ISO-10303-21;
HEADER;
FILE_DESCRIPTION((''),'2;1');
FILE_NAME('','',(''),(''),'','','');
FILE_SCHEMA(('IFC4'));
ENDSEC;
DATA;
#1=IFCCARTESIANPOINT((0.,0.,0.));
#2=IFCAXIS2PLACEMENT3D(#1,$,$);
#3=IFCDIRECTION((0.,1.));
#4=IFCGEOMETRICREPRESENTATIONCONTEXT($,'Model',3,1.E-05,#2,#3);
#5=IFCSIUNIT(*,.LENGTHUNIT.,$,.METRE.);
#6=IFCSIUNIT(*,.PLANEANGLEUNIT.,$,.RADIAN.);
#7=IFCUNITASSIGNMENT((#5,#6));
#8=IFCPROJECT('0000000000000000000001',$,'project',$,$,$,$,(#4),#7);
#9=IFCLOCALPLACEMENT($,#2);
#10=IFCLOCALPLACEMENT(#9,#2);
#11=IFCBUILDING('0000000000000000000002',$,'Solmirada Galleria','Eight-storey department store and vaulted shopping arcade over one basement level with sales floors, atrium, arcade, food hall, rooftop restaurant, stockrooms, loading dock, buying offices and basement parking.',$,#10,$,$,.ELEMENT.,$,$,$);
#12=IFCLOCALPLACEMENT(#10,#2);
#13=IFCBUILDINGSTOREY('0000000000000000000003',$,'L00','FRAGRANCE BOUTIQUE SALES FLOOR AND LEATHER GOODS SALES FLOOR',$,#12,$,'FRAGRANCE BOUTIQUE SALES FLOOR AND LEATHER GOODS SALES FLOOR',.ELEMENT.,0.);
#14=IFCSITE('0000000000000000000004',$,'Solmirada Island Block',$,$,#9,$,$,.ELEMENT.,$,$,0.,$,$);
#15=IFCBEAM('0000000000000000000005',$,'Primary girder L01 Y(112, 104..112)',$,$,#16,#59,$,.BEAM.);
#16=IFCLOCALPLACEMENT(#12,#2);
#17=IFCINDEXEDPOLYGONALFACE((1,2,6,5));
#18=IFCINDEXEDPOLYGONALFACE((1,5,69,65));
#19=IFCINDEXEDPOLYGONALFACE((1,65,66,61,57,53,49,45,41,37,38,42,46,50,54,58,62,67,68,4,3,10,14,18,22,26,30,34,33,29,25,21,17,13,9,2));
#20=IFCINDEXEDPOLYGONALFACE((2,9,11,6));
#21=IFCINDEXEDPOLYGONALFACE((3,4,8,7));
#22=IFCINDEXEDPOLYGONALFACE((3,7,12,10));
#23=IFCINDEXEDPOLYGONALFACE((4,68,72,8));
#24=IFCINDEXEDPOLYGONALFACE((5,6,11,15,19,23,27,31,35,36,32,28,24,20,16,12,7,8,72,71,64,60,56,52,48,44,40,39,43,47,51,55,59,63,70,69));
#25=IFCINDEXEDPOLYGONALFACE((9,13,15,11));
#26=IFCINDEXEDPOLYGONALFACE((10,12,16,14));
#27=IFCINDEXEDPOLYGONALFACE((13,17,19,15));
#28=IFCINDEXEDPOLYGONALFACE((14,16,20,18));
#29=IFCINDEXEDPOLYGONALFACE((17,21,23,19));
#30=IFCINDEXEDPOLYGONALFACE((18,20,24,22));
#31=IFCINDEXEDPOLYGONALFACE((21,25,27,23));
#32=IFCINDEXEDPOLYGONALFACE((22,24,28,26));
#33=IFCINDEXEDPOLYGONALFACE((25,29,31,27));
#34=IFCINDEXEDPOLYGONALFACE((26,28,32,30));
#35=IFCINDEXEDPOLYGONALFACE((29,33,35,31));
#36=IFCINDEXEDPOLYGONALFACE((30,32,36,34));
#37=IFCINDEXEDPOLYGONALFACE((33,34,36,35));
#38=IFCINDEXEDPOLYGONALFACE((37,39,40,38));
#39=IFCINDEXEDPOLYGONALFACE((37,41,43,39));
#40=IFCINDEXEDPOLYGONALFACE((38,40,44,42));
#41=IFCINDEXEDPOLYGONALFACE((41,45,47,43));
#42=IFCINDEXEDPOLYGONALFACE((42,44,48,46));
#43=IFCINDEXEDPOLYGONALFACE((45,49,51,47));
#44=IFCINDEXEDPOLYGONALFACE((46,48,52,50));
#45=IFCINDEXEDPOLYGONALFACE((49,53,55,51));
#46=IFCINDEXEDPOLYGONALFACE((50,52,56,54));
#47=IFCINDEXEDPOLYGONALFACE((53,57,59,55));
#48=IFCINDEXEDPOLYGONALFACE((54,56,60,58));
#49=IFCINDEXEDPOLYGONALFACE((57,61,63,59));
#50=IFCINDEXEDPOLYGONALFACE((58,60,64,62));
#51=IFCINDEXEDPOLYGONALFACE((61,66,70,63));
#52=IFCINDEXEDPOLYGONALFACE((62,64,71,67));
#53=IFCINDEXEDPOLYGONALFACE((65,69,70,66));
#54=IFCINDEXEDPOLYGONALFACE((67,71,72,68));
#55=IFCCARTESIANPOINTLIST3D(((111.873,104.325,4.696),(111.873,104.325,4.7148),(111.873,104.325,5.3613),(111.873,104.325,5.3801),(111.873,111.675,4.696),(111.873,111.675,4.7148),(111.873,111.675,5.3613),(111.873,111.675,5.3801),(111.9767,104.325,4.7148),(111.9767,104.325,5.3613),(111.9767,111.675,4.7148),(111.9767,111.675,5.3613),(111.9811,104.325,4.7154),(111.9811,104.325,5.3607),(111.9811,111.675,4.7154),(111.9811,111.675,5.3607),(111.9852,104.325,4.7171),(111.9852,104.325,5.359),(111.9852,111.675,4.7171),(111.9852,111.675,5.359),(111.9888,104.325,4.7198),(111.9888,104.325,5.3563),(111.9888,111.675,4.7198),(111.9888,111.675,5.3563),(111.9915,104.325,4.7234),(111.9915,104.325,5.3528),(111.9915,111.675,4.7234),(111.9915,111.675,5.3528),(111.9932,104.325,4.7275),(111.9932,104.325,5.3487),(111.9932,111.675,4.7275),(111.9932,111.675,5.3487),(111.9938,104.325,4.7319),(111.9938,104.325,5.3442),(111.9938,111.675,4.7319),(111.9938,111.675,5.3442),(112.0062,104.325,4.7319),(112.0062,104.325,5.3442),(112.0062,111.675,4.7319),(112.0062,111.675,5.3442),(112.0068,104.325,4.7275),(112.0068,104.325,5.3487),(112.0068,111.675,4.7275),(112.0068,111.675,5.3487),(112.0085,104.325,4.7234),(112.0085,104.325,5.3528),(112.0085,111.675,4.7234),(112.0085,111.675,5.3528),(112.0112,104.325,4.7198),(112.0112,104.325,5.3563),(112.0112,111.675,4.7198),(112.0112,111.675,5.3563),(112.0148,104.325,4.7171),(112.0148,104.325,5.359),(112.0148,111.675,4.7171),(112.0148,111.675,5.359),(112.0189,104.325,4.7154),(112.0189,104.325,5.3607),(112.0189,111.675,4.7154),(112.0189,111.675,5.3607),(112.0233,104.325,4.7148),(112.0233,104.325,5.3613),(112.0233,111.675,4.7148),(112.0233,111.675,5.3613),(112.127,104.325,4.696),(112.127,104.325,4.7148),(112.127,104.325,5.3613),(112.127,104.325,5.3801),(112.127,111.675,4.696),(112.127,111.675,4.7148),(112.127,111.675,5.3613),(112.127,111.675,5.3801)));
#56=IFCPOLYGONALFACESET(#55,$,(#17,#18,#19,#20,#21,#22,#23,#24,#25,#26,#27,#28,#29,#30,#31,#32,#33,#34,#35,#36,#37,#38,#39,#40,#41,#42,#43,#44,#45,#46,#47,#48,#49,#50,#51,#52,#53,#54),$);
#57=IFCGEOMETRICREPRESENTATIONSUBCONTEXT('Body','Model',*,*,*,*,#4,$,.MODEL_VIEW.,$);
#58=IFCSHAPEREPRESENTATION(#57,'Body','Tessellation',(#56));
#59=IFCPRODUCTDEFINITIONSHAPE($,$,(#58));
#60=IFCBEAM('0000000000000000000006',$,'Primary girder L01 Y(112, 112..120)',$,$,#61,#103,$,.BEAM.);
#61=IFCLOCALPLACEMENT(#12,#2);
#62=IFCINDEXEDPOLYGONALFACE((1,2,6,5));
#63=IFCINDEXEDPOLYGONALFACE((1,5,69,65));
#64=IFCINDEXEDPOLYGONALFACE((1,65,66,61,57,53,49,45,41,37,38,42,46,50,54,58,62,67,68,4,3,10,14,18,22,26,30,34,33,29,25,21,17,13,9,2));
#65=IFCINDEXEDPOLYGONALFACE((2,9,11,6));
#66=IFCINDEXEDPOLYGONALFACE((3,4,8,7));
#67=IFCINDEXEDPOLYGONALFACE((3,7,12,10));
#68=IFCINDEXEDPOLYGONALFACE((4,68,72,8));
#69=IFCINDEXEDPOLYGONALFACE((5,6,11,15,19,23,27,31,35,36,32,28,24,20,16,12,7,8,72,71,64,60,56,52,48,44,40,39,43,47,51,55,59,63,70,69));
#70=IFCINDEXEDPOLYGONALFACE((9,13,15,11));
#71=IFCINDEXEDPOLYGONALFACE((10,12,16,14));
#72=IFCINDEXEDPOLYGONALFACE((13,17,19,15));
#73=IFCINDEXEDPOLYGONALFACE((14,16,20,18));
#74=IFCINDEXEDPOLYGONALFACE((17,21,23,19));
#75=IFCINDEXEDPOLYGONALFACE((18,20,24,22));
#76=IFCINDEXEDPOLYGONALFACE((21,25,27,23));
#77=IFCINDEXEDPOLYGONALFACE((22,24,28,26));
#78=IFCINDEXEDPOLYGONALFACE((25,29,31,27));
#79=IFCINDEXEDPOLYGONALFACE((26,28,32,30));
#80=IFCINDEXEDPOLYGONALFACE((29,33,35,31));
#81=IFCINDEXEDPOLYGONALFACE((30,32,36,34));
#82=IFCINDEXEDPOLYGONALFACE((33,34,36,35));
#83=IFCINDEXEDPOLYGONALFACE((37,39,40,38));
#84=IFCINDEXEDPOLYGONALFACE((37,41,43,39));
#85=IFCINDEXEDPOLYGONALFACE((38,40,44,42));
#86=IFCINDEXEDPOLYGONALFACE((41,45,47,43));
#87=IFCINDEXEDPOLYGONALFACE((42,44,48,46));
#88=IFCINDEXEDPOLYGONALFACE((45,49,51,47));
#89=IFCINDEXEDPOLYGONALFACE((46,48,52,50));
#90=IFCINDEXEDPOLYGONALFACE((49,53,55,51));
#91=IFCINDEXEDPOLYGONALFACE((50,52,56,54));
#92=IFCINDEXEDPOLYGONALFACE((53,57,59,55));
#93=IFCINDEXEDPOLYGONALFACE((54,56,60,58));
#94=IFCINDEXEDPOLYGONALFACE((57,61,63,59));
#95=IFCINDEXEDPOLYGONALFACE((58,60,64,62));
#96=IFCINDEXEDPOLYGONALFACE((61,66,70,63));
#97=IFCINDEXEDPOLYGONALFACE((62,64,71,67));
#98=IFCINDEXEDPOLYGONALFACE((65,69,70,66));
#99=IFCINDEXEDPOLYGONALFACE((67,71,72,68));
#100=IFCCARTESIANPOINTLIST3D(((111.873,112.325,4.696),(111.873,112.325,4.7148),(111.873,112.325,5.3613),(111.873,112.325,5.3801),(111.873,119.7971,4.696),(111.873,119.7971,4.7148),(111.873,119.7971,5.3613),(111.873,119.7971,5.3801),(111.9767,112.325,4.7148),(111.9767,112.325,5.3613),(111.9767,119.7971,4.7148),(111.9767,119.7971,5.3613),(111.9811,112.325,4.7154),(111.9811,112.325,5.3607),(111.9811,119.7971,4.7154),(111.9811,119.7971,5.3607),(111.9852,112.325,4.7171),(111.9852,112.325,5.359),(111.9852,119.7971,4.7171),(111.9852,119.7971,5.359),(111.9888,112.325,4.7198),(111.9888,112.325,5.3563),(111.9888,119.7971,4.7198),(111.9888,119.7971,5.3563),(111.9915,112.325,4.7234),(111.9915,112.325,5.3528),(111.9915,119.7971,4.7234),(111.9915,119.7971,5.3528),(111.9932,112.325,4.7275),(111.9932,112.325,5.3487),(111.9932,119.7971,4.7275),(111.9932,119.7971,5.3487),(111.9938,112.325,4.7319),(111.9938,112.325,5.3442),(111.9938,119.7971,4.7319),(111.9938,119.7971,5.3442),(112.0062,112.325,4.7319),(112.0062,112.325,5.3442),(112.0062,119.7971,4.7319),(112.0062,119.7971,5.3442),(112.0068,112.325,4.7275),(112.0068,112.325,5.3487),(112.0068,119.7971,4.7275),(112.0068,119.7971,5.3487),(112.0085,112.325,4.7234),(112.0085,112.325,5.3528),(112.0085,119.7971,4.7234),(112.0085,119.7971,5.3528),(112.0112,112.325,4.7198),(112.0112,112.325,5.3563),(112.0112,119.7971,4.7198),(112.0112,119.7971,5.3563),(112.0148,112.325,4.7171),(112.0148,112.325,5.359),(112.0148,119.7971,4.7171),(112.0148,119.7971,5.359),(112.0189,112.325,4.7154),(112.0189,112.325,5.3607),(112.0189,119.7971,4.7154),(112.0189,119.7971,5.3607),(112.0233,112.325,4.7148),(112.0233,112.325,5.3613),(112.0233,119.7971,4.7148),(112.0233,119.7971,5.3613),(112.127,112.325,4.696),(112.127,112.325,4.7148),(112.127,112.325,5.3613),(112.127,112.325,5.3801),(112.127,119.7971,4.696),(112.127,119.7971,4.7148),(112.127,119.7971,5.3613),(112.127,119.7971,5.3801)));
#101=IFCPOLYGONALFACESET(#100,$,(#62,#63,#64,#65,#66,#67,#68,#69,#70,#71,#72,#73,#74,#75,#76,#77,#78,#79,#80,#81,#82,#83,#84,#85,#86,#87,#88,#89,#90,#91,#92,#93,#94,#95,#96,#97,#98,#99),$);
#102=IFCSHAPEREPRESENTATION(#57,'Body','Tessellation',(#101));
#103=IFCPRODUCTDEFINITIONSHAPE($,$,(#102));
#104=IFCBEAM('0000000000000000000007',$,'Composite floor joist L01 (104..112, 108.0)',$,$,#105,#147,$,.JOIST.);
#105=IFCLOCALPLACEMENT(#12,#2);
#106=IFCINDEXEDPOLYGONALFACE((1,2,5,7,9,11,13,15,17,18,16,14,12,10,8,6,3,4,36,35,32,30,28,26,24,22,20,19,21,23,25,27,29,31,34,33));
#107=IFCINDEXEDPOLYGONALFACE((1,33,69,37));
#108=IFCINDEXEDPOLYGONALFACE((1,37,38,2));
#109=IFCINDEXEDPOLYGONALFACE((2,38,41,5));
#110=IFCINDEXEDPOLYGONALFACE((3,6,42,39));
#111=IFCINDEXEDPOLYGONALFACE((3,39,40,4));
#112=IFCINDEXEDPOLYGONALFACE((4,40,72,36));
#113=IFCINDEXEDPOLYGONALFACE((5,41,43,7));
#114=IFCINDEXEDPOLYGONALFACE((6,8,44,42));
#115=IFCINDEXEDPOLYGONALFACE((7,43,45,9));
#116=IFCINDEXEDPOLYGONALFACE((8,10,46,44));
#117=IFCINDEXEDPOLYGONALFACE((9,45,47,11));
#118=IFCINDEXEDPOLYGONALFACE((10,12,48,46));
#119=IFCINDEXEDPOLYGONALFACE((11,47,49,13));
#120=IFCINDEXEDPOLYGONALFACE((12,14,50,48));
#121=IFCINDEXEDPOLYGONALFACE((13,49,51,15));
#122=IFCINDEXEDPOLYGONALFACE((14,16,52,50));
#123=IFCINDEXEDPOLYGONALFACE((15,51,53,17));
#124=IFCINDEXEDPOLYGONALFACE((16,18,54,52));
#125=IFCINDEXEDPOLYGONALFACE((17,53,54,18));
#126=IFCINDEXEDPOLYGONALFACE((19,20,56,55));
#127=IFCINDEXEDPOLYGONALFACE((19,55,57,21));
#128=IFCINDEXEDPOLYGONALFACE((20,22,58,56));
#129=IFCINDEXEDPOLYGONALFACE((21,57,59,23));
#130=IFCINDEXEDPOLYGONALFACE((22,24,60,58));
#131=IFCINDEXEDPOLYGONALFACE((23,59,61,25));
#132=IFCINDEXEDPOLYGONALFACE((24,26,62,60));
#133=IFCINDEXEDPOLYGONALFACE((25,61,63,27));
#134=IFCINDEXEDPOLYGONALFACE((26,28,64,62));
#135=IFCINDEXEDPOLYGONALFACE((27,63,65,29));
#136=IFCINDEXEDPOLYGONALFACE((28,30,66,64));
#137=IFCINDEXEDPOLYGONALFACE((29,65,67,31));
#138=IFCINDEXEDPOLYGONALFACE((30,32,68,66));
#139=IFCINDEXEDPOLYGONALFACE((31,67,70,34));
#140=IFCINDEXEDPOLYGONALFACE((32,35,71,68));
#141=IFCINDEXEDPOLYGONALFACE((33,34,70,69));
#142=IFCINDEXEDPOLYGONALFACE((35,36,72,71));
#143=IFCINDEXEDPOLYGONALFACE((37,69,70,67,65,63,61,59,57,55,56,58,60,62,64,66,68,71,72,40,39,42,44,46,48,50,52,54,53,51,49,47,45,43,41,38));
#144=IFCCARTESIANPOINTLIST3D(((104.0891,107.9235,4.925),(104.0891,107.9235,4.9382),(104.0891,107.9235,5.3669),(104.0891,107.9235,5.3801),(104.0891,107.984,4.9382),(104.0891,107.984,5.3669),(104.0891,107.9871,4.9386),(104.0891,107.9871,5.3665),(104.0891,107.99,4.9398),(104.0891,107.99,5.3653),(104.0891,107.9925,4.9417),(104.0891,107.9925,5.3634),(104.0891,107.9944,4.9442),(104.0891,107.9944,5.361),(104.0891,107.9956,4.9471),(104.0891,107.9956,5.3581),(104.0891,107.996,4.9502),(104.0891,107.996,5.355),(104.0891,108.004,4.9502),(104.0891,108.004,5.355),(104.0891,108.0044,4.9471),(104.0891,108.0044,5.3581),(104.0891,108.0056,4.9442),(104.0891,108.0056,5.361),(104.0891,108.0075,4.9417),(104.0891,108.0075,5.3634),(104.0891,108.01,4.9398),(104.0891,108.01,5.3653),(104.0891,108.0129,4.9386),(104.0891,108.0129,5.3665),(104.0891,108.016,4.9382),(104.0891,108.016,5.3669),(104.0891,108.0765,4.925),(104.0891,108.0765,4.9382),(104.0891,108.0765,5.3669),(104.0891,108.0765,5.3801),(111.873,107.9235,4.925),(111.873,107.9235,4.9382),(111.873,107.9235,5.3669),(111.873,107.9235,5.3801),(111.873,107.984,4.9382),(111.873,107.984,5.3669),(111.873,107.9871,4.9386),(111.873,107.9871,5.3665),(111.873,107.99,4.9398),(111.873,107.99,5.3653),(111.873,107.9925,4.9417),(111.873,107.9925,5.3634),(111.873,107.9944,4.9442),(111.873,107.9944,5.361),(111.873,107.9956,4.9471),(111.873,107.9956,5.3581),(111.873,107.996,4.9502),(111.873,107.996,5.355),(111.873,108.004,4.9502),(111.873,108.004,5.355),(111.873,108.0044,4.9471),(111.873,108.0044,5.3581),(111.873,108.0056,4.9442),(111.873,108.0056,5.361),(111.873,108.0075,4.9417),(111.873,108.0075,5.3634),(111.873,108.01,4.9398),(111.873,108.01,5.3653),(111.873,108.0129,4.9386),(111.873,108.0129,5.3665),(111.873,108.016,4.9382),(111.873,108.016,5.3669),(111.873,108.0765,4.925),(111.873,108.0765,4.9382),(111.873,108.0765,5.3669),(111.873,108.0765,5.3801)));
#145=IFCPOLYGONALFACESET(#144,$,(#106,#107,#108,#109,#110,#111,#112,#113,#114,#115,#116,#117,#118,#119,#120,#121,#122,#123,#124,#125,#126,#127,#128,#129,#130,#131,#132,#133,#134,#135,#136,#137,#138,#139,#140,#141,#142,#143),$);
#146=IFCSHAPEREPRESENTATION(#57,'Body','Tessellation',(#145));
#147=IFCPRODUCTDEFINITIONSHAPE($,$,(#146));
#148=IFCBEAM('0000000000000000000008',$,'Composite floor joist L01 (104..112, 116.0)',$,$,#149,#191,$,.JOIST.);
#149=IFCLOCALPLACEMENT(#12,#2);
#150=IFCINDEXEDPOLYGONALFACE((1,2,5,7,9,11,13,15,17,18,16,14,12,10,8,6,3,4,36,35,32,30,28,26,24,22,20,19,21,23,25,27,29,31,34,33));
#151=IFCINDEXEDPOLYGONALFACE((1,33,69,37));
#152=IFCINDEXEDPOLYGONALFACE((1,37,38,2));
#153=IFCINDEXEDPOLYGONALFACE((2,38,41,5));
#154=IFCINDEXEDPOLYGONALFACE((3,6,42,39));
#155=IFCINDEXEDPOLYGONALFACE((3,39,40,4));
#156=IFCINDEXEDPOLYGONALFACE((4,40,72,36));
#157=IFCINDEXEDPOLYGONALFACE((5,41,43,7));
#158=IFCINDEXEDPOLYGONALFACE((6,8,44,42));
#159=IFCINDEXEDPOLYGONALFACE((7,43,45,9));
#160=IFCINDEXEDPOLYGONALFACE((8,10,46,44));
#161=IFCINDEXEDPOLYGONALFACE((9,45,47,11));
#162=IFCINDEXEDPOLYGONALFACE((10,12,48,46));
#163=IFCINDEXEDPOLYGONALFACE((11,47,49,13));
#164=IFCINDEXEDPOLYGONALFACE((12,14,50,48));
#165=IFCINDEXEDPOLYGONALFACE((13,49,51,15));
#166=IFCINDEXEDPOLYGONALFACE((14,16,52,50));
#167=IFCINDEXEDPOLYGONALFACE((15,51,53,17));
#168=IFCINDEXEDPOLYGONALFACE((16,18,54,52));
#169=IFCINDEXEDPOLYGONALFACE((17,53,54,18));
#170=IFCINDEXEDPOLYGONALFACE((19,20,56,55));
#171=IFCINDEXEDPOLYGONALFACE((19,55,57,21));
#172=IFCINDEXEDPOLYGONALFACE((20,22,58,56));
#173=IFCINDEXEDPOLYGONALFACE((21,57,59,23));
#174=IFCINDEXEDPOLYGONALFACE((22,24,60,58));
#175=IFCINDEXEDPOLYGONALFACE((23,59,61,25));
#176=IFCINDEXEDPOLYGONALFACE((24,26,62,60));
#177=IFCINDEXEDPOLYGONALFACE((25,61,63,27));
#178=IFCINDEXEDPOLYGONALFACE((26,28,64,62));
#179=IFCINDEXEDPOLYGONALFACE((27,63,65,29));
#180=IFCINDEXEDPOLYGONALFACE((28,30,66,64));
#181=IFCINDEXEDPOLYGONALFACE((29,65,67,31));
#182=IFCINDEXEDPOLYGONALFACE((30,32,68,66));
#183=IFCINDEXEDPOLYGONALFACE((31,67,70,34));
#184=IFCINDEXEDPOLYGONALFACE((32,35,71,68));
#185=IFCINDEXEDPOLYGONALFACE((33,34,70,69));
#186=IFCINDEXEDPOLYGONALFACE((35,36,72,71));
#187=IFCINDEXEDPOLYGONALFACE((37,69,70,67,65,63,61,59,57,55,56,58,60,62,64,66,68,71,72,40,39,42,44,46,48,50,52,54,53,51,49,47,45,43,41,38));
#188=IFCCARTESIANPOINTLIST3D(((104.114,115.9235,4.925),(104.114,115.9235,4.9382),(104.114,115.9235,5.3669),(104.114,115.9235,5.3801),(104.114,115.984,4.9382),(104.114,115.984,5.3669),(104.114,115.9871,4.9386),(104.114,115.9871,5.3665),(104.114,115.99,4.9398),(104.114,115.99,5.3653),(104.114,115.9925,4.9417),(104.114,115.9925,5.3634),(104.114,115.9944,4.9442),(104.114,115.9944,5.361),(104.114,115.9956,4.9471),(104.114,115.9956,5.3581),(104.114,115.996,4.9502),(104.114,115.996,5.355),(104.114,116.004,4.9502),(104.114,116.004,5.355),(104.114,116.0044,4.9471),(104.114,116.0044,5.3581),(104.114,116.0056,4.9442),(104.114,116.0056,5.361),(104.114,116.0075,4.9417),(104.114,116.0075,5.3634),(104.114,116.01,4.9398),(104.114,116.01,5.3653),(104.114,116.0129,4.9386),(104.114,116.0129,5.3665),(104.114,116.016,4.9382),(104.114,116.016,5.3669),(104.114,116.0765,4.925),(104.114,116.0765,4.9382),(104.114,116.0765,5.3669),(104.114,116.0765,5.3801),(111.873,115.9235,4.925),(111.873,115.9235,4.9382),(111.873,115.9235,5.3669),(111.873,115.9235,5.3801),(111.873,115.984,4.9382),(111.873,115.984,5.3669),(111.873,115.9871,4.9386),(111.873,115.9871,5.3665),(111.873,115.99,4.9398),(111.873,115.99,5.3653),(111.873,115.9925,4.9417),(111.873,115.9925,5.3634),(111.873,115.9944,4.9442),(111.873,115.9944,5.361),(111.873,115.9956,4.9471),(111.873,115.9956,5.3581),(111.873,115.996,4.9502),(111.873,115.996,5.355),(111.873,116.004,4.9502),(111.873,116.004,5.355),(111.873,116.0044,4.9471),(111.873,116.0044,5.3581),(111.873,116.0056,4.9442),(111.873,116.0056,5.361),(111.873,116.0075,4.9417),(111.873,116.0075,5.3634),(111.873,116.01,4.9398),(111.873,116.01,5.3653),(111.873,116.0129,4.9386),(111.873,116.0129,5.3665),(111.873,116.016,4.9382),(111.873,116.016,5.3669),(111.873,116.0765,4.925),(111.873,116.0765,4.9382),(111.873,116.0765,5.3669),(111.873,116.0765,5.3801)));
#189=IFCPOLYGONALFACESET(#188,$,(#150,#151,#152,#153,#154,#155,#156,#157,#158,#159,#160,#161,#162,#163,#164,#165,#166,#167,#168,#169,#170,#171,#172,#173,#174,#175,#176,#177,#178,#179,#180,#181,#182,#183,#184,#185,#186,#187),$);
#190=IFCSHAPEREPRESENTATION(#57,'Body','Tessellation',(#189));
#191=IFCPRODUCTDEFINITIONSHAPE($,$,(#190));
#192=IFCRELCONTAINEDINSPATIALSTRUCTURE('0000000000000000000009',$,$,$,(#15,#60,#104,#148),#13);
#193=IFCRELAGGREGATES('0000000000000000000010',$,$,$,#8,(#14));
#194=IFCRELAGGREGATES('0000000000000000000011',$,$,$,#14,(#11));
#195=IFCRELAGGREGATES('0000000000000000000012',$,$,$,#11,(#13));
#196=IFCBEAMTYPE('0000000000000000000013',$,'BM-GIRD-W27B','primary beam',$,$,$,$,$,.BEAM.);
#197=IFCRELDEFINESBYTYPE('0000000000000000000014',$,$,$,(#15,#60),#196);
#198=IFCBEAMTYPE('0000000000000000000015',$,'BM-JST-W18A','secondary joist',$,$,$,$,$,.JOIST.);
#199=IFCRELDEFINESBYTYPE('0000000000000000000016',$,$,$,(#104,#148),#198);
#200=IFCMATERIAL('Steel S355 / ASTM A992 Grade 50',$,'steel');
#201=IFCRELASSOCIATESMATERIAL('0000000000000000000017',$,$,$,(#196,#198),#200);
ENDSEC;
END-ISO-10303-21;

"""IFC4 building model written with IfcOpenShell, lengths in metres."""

from ifc_helpers import new_model, si_unit, direction, frame, origin, origin_2d, place, context, subcontext, project, spatial, i_section, extrude, material, material_profile, profile_set, type_object, element, save


model = new_model("IFC4")

# Units and contexts
model_context = context("Model", 3, precision=1e-05, world=origin(), true_north=direction((0.0, 1.0)))
body_context = subcontext(model_context, "Body", "Model", "MODEL_VIEW")
ifc_project = project(units=[si_unit("LENGTHUNIT", "METRE"), si_unit("PLANEANGLEUNIT", "RADIAN")], contexts=[model_context])

# Site, building, storey
site_placement = place(None, origin())
site = spatial("IfcSite", under=ifc_project, at=site_placement, Name="Solmirada Island Block", CompositionType="ELEMENT", RefElevation=0.0)
building_placement = place(site_placement, origin())
building = spatial("IfcBuilding", under=site, at=building_placement, Name="Solmirada Galleria", Description="Eight-storey department store and vaulted shopping arcade over one basement level with sales floors, atrium, arcade, food hall, rooftop restaurant, stockrooms, loading dock, buying offices and basement parking.", CompositionType="ELEMENT")
storey_placement = place(building_placement, origin())
storey = spatial("IfcBuildingStorey", under=building, at=storey_placement, Name="L00", Description="FRAGRANCE BOUTIQUE SALES FLOOR AND LEATHER GOODS SALES FLOOR", LongName="FRAGRANCE BOUTIQUE SALES FLOOR AND LEATHER GOODS SALES FLOOR", CompositionType="ELEMENT", Elevation=0.0)

# Beams
ifc_material_1 = material(Name="Steel S355 / ASTM A992 Grade 50", Category="steel")
ifc_material_profile_1 = material_profile(ifc_material_1, i_section(OverallWidth=0.2539, OverallDepth=0.6841, WebThickness=0.0125, FlangeThickness=0.0188, FilletRadius=0.0171, at=origin_2d()), Name="W27X94")
ifc_profile_set_1 = profile_set([ifc_material_profile_1], Name="Steel S355 / ASTM A992 Grade 50")
beam_type_1 = type_object("IfcBeamType", Name="BM-GIRD-W27B", Description="primary beam", PredefinedType="BEAM", material=ifc_profile_set_1)
beam_1_placement = place(storey_placement, frame((112.0, 104.325, 5.0381), z_axis=(0.0, 1.0, 0.0), x_axis=(-1.0, 0.0, 0.0)))
element("IfcBeam", 1, at=beam_1_placement, inside=storey, type_object=beam_type_1, Name="Primary girder L01 Y(112, 104..112)", PredefinedType="BEAM", context=body_context, shape_type="SweptSolid", body=[
    extrude(i_section(OverallWidth=0.2539, OverallDepth=0.6841, WebThickness=0.0125, FlangeThickness=0.0188, FilletRadius=0.0171, at=origin_2d()), origin(), (0.0, 0.0, 1.0), 7.3501),
])
beam_2_placement = place(storey_placement, frame((112.0, 112.325, 5.0381), z_axis=(0.0, 1.0, 0.0), x_axis=(-1.0, 0.0, 0.0)))
element("IfcBeam", 2, at=beam_2_placement, inside=storey, type_object=beam_type_1, Name="Primary girder L01 Y(112, 112..120)", PredefinedType="BEAM", context=body_context, shape_type="SweptSolid", body=[
    extrude(i_section(OverallWidth=0.2539, OverallDepth=0.6841, WebThickness=0.0125, FlangeThickness=0.0188, FilletRadius=0.0171, at=origin_2d()), origin(), (0.0, 0.0, 1.0), 7.4722),
])
ifc_material_profile_2 = material_profile(ifc_material_1, i_section(OverallWidth=0.1531, OverallDepth=0.4551, WebThickness=0.0081, FlangeThickness=0.0132, FilletRadius=0.012, at=origin_2d()), Name="W18X40")
ifc_profile_set_2 = profile_set([ifc_material_profile_2], Name="Steel S355 / ASTM A992 Grade 50")
beam_type_2 = type_object("IfcBeamType", Name="BM-JST-W18A", Description="secondary joist", PredefinedType="JOIST", material=ifc_profile_set_2)
beam_3_placement = place(storey_placement, frame((104.0891, 108.0, 5.1526), z_axis=(1.0, 0.0, 0.0), x_axis=(0.0, 1.0, 0.0)))
element("IfcBeam", 3, at=beam_3_placement, inside=storey, type_object=beam_type_2, Name="Composite floor joist L01 (104..112, 108.0)", PredefinedType="JOIST", context=body_context, shape_type="SweptSolid", body=[
    extrude(i_section(OverallWidth=0.1531, OverallDepth=0.4551, WebThickness=0.0081, FlangeThickness=0.0132, FilletRadius=0.012, at=origin_2d()), origin(), (0.0, 0.0, 1.0), 7.7839),
])
beam_4_placement = place(storey_placement, frame((104.114, 116.0, 5.1526), z_axis=(1.0, 0.0, 0.0), x_axis=(0.0, 1.0, 0.0)))
element("IfcBeam", 4, at=beam_4_placement, inside=storey, type_object=beam_type_2, Name="Composite floor joist L01 (104..112, 116.0)", PredefinedType="JOIST", context=body_context, shape_type="SweptSolid", body=[
    extrude(i_section(OverallWidth=0.1531, OverallDepth=0.4551, WebThickness=0.0081, FlangeThickness=0.0132, FilletRadius=0.012, at=origin_2d()), origin(), (0.0, 0.0, 1.0), 7.759),
])

save(model, "model.ifc")
